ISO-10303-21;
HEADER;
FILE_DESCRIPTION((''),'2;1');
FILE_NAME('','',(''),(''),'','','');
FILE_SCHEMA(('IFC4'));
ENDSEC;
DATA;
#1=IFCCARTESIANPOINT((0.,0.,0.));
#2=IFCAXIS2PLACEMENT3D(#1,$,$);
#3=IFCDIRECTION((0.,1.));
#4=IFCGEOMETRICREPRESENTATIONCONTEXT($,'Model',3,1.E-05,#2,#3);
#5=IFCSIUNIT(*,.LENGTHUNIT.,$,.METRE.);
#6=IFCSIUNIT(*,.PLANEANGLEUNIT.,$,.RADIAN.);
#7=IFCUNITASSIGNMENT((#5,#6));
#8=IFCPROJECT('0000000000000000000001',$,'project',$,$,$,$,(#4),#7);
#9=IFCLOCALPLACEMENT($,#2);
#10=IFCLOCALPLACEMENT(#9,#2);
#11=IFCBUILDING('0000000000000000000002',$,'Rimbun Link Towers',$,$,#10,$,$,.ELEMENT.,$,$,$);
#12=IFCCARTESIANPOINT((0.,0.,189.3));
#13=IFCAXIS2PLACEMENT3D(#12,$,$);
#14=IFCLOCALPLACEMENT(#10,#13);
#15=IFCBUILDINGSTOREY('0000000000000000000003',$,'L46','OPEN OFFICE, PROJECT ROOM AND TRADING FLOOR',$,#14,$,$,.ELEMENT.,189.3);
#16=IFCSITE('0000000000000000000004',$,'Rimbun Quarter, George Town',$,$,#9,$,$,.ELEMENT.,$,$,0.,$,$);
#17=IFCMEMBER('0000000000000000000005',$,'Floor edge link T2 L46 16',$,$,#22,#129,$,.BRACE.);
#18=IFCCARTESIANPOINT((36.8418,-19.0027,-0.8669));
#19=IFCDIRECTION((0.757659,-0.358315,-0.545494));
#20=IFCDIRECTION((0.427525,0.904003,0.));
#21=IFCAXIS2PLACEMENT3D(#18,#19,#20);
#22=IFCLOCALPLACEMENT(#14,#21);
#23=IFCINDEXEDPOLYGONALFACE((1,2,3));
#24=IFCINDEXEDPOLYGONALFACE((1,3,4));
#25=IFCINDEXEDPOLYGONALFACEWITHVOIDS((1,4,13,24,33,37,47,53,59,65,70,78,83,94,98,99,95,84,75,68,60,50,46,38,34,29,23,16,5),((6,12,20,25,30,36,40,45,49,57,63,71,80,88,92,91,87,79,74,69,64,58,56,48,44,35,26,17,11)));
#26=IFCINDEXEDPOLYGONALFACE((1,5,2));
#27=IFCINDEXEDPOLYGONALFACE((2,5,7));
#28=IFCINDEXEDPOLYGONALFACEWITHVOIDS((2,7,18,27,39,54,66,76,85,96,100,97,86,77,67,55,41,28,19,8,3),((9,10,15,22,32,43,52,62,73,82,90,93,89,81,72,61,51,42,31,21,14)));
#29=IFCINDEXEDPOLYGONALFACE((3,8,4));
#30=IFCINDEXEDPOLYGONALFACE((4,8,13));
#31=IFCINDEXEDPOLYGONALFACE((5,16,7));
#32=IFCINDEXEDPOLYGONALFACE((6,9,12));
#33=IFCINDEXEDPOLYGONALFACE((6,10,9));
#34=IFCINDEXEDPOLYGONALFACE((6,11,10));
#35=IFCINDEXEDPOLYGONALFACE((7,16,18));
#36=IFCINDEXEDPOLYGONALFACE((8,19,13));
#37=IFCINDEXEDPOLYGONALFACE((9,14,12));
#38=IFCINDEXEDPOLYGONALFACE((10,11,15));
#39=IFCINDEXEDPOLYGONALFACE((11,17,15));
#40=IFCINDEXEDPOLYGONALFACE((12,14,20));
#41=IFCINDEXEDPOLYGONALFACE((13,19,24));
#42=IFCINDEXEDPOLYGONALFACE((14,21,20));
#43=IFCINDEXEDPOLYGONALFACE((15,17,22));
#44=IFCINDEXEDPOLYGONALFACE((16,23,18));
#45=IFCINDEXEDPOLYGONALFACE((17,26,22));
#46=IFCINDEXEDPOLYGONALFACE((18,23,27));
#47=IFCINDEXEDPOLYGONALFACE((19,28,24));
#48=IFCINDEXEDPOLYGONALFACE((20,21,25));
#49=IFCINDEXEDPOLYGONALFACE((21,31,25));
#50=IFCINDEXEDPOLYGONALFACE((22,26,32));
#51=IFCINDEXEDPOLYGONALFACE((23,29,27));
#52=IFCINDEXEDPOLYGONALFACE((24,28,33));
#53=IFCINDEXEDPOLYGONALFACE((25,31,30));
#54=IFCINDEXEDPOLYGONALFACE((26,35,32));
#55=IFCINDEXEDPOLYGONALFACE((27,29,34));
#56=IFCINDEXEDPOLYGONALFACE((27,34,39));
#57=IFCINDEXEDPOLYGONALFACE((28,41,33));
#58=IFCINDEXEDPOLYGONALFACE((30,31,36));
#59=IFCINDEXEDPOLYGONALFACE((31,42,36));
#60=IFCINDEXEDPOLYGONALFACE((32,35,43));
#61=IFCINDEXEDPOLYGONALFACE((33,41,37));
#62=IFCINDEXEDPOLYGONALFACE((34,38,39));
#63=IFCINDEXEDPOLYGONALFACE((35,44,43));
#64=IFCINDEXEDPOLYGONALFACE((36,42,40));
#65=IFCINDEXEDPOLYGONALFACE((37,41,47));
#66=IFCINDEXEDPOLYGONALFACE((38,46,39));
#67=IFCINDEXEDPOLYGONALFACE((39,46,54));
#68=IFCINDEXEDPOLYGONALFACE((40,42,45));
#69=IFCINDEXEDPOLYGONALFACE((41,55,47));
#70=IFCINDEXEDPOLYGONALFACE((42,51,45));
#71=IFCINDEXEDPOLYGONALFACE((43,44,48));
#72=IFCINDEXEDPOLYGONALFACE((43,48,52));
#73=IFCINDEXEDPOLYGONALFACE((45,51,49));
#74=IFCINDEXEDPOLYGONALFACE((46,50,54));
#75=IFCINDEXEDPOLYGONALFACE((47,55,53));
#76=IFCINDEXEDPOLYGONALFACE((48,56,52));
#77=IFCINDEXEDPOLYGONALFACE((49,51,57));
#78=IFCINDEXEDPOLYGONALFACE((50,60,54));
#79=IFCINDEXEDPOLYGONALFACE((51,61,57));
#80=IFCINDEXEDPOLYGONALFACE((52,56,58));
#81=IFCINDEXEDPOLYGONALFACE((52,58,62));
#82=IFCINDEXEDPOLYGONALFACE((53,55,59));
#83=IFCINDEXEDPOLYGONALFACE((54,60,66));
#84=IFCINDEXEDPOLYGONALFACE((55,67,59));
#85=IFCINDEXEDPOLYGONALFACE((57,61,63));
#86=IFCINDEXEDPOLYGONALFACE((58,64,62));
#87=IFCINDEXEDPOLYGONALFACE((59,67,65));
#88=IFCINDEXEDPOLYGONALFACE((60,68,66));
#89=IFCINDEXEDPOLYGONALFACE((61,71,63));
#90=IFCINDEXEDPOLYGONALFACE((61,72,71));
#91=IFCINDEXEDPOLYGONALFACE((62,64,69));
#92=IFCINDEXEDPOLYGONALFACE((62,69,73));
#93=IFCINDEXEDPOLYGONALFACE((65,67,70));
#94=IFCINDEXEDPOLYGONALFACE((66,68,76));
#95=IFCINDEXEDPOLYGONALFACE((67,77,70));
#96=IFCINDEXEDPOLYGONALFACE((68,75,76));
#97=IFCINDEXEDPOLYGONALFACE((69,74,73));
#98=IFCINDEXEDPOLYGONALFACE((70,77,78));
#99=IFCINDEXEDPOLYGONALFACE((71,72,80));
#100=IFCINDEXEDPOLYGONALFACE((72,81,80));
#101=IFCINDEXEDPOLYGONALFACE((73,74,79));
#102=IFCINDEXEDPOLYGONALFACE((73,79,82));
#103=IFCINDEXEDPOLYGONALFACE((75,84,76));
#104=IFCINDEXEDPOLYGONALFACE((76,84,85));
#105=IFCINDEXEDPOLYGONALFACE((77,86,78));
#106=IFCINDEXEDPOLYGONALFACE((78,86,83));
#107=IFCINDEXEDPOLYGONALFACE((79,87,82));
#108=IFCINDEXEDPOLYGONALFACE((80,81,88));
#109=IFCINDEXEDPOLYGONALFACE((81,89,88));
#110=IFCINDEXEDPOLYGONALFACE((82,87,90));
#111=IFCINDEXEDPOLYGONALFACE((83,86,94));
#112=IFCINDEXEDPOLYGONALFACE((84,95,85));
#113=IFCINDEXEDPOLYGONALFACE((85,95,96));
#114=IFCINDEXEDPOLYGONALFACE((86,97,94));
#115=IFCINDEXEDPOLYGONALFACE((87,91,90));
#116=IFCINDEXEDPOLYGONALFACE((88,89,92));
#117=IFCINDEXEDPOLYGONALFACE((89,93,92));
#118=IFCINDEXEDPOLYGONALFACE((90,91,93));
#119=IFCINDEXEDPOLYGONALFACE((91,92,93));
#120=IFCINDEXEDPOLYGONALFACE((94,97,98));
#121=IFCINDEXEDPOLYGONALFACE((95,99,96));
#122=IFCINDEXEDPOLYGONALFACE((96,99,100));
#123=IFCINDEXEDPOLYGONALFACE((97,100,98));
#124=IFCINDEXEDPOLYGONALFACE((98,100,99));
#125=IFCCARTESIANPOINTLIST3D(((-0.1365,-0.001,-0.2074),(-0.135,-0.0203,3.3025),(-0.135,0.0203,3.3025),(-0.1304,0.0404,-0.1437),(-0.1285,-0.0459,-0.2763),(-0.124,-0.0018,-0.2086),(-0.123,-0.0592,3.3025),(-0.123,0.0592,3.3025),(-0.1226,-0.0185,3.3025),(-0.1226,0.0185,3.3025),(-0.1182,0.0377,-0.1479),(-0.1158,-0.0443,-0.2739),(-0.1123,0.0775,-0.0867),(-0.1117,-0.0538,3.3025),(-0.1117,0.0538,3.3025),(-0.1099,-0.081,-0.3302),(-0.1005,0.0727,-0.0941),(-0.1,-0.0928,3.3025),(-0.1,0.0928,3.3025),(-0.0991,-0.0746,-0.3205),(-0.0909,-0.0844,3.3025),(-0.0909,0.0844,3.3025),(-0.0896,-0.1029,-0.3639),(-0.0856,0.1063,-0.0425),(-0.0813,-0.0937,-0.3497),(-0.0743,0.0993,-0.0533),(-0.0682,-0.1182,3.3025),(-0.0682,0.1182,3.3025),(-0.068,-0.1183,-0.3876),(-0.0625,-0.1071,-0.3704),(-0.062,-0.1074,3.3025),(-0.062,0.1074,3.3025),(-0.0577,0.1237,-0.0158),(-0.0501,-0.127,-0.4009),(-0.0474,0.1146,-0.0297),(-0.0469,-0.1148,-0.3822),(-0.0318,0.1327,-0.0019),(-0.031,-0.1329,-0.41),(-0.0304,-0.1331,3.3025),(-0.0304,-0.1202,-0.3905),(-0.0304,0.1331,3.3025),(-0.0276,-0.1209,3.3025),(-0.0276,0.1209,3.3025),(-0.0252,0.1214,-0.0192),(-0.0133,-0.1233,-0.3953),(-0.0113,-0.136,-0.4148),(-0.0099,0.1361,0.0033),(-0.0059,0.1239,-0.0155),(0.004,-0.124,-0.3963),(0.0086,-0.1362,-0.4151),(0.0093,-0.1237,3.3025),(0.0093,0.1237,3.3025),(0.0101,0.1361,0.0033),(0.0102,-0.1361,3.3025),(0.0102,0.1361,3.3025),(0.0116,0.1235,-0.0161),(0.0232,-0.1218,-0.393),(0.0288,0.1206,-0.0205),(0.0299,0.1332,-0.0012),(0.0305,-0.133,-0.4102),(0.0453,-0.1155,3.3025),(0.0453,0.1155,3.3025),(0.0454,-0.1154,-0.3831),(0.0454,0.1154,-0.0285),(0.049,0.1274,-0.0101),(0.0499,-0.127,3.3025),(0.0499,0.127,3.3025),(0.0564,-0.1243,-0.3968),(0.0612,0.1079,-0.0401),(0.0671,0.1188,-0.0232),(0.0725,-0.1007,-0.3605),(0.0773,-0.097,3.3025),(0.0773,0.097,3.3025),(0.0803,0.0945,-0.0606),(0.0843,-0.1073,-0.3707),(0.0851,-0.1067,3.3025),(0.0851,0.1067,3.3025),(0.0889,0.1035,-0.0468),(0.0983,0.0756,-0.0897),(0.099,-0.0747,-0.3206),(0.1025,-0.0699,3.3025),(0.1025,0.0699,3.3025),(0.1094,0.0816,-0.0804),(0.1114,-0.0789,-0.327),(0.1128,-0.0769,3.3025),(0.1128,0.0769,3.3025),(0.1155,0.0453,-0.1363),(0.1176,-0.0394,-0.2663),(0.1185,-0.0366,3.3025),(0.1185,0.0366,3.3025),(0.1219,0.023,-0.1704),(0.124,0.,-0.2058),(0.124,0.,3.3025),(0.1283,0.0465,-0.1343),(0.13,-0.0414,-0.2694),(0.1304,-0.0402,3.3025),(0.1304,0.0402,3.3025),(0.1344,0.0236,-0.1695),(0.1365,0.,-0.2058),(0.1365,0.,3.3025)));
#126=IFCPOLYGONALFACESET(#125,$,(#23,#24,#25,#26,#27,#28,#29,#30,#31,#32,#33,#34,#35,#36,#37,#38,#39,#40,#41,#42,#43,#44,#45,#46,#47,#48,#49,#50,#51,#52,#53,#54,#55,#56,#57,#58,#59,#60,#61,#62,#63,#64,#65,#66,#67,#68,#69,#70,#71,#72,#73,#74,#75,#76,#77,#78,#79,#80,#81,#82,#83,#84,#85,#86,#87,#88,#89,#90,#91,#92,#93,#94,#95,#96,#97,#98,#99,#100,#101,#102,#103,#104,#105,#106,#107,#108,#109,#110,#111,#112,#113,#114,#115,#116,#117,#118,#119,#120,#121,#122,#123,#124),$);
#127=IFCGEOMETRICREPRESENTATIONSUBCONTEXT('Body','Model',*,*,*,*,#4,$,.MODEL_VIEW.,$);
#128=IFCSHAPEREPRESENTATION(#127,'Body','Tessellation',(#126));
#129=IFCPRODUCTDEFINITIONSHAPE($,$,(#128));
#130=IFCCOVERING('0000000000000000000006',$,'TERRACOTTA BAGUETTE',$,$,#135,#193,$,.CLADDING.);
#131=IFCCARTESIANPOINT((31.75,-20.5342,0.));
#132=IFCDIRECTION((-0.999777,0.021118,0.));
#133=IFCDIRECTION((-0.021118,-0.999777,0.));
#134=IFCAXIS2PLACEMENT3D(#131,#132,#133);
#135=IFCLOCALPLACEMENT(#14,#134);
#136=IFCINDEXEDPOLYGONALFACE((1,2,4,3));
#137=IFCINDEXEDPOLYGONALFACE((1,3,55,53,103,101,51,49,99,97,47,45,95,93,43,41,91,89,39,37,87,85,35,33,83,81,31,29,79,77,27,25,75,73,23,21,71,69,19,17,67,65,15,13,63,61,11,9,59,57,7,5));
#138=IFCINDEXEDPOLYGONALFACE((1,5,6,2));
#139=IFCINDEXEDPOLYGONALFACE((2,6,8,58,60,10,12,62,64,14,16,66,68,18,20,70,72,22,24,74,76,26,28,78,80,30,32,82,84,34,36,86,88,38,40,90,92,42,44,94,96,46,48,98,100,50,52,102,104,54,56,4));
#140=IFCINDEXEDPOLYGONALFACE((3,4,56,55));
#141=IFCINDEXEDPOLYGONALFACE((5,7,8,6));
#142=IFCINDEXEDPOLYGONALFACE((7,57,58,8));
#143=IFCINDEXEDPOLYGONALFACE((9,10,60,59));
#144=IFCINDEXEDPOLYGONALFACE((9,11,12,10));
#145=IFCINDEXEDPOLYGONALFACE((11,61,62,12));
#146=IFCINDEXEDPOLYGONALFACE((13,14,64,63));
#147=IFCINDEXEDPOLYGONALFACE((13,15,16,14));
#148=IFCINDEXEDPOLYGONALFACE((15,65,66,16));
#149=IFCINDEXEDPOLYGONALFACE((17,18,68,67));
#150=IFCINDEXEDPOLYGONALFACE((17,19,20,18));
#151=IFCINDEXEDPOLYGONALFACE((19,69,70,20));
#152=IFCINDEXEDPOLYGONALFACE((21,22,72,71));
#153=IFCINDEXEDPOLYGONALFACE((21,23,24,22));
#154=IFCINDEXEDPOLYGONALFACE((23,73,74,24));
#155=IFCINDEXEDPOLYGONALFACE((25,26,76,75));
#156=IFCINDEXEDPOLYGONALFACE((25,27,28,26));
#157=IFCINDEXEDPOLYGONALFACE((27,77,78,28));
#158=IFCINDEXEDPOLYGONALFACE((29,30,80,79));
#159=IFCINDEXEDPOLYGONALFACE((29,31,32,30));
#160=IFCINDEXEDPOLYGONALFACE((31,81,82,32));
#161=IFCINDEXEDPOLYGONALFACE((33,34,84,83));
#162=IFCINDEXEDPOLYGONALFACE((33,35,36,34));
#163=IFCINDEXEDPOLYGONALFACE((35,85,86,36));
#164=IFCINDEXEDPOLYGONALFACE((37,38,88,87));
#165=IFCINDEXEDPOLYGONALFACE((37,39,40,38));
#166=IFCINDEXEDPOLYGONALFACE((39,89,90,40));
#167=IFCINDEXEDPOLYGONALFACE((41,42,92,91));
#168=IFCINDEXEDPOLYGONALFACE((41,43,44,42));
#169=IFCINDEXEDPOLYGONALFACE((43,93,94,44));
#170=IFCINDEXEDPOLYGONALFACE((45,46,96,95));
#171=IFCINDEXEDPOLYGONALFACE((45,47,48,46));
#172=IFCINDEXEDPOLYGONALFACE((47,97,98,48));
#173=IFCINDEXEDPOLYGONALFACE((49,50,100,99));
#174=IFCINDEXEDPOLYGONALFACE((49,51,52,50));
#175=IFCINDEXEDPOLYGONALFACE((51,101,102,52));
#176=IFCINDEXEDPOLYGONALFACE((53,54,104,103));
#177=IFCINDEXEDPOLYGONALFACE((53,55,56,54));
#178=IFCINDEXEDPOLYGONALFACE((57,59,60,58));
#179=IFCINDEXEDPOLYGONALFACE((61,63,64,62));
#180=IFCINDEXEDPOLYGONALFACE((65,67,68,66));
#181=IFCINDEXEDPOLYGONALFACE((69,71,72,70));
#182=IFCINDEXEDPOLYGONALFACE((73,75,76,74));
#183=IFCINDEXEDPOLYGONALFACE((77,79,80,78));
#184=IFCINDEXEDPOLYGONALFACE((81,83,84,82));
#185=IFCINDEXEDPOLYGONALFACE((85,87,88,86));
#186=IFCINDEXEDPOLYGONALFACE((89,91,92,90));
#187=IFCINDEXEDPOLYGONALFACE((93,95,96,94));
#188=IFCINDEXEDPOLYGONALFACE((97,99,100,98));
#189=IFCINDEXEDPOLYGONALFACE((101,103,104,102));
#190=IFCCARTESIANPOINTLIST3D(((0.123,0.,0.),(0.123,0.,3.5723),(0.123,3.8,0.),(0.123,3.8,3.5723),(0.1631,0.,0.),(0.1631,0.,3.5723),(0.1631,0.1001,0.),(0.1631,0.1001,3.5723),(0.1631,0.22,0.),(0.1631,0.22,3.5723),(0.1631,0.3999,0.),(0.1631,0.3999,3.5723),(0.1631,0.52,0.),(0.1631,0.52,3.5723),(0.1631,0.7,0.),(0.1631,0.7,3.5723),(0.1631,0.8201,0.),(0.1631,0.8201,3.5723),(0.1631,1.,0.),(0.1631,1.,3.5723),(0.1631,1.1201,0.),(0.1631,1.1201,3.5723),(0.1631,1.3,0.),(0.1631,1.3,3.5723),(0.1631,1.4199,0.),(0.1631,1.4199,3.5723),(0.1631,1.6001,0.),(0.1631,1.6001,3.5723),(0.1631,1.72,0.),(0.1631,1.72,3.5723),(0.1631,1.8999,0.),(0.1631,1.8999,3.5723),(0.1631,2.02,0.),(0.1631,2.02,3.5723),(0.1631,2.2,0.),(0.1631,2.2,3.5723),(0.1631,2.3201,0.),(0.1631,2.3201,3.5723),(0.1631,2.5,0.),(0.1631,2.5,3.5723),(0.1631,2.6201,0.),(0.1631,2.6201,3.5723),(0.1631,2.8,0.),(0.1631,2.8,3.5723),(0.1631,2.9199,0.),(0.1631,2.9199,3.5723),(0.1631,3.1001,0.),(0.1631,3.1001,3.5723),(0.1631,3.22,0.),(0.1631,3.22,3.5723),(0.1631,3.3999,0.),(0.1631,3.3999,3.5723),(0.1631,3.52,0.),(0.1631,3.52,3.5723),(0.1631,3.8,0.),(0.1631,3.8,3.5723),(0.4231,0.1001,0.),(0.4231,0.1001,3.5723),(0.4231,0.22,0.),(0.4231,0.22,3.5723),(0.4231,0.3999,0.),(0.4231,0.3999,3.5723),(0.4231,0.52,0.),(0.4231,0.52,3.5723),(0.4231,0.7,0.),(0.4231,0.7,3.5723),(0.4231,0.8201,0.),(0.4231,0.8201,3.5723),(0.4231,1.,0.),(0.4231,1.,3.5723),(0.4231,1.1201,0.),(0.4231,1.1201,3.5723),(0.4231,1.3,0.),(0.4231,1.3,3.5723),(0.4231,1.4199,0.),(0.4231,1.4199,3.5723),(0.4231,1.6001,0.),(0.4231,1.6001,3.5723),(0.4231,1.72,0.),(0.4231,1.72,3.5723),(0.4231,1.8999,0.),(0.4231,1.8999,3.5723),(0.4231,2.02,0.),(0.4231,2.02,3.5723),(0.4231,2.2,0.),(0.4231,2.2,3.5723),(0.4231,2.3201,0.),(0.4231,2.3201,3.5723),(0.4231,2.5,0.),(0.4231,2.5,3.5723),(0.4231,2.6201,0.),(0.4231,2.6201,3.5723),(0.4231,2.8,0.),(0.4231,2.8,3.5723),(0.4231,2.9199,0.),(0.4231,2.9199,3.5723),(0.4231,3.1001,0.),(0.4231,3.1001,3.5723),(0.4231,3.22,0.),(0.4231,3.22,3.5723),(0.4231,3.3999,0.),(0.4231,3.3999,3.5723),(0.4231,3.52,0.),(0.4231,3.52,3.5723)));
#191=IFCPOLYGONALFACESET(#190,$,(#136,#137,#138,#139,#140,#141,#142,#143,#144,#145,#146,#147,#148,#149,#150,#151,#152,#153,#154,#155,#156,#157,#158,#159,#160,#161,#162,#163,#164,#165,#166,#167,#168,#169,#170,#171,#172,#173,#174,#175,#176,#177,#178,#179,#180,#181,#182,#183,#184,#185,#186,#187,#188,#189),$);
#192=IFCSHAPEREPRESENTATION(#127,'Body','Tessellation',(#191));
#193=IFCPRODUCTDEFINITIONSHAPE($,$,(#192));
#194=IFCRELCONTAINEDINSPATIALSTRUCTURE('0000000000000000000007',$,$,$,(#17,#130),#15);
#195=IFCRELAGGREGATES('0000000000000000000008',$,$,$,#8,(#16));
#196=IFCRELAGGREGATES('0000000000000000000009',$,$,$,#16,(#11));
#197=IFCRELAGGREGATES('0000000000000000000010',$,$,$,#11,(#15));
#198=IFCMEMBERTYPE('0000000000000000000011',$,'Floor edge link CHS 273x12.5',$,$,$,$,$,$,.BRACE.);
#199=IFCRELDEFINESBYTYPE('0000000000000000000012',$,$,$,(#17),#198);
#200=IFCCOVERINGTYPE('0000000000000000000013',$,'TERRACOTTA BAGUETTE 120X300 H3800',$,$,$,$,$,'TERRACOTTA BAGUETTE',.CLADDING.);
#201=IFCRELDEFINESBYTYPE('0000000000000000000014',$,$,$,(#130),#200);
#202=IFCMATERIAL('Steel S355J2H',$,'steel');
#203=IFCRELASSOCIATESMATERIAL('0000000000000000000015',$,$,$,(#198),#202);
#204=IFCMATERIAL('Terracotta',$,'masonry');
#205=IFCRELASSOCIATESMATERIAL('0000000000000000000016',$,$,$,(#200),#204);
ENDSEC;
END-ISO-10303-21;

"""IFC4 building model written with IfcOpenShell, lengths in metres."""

from ifc_helpers import new_model, si_unit, direction, frame, origin, origin_2d, place, context, subcontext, project, spatial, polyline, hollow_circle, outline, extrude, clip, halfspace, material, material_profile, profile_set, type_object, element, save


model = new_model("IFC4")

# Units and contexts
model_context = context("Model", 3, precision=1e-05, world=origin(), true_north=direction((0.0, 1.0)))
body_context = subcontext(model_context, "Body", "Model", "MODEL_VIEW")
ifc_project = project(units=[si_unit("LENGTHUNIT", "METRE"), si_unit("PLANEANGLEUNIT", "RADIAN")], contexts=[model_context])

# Site, building, storey
site_placement = place(None, origin())
site = spatial("IfcSite", under=ifc_project, at=site_placement, Name="Rimbun Quarter, George Town", CompositionType="ELEMENT", RefElevation=0.0)
building_placement = place(site_placement, origin())
building = spatial("IfcBuilding", under=site, at=building_placement, Name="Rimbun Link Towers", CompositionType="ELEMENT")
storey_placement = place(building_placement, frame((0.0, 0.0, 189.3)))
storey = spatial("IfcBuildingStorey", under=building, at=storey_placement, Name="L46", Description="OPEN OFFICE, PROJECT ROOM AND TRADING FLOOR", CompositionType="ELEMENT", Elevation=189.3)

# Member
ifc_material_1 = material(Name="Steel S355J2H", Category="steel")
ifc_material_profile_1 = material_profile(ifc_material_1, hollow_circle(Radius=0.1365, WallThickness=0.0125, at=origin_2d()), Name="CHS 273x12.5")
ifc_profile_set_1 = profile_set([ifc_material_profile_1], Name="Steel S355J2H")
member_type_1 = type_object("IfcMemberType", Name="Floor edge link CHS 273x12.5", PredefinedType="BRACE", material=ifc_profile_set_1)
member_1_placement = place(storey_placement, frame((36.8418, -19.0027, -0.8669), z_axis=(0.757659, -0.358315, -0.545494), x_axis=(0.427525, 0.904003, 0.0)))
element("IfcMember", 1, at=member_1_placement, inside=storey, type_object=member_type_1, Name="Floor edge link T2 L46 16", PredefinedType="BRACE", context=body_context, shape_type="Clipping", body=[
    clip(extrude(hollow_circle(Radius=0.1365, WallThickness=0.0125, at=origin_2d()), frame((0.0, 0.0, -0.4377)), (0.0, 0.0, 1.0), 3.7402), halfspace(frame((0.0, 0.0, -0.2058), z_axis=(0.0, 0.838115, -0.545494)), False)),
])

# Covering
ifc_material_2 = material(Name="Terracotta", Category="masonry")
ifc_material_profile_2 = material_profile(ifc_material_2, outline(polyline([(0.123, 0.0), (0.1631, 0.0), (0.1631, 0.1001), (0.4231, 0.1001), (0.4231, 0.22), (0.1631, 0.22), (0.1631, 0.3999), (0.4231, 0.3999), (0.4231, 0.52), (0.1631, 0.52), (0.1631, 0.7), (0.4231, 0.7), (0.4231, 0.8201), (0.1631, 0.8201), (0.1631, 1.0), (0.4231, 1.0), (0.4231, 1.1201), (0.1631, 1.1201), (0.1631, 1.3), (0.4231, 1.3), (0.4231, 1.4199), (0.1631, 1.4199), (0.1631, 1.6001), (0.4231, 1.6001), (0.4231, 1.72), (0.1631, 1.72), (0.1631, 1.8999), (0.4231, 1.8999), (0.4231, 2.02), (0.1631, 2.02), (0.1631, 2.2), (0.4231, 2.2), (0.4231, 2.3201), (0.1631, 2.3201), (0.1631, 2.5), (0.4231, 2.5), (0.4231, 2.6201), (0.1631, 2.6201), (0.1631, 2.8), (0.4231, 2.8), (0.4231, 2.9199), (0.1631, 2.9199), (0.1631, 3.1001), (0.4231, 3.1001), (0.4231, 3.22), (0.1631, 3.22), (0.1631, 3.3999), (0.4231, 3.3999), (0.4231, 3.52), (0.1631, 3.52), (0.1631, 3.8), (0.123, 3.8), (0.123, 0.0)])), Name="BAGUETTE 120X300")
ifc_profile_set_2 = profile_set([ifc_material_profile_2], Name="Terracotta")
covering_type = type_object("IfcCoveringType", Name="TERRACOTTA BAGUETTE 120X300 H3800", ElementType="TERRACOTTA BAGUETTE", PredefinedType="CLADDING", material=ifc_profile_set_2)
covering_1_placement = place(storey_placement, frame((31.75, -20.5342, 0.0), z_axis=(-0.999777, 0.021118, 0.0), x_axis=(-0.021118, -0.999777, 0.0)))
element("IfcCovering", 2, at=covering_1_placement, inside=storey, type_object=covering_type, Name="TERRACOTTA BAGUETTE", PredefinedType="CLADDING", context=body_context, shape_type="SweptSolid", body=[
    extrude(outline(polyline([(0.123, 0.0), (0.1631, 0.0), (0.1631, 0.1001), (0.4231, 0.1001), (0.4231, 0.22), (0.1631, 0.22), (0.1631, 0.3999), (0.4231, 0.3999), (0.4231, 0.52), (0.1631, 0.52), (0.1631, 0.7), (0.4231, 0.7), (0.4231, 0.8201), (0.1631, 0.8201), (0.1631, 1.0), (0.4231, 1.0), (0.4231, 1.1201), (0.1631, 1.1201), (0.1631, 1.3), (0.4231, 1.3), (0.4231, 1.4199), (0.1631, 1.4199), (0.1631, 1.6001), (0.4231, 1.6001), (0.4231, 1.72), (0.1631, 1.72), (0.1631, 1.8999), (0.4231, 1.8999), (0.4231, 2.02), (0.1631, 2.02), (0.1631, 2.2), (0.4231, 2.2), (0.4231, 2.3201), (0.1631, 2.3201), (0.1631, 2.5), (0.4231, 2.5), (0.4231, 2.6201), (0.1631, 2.6201), (0.1631, 2.8), (0.4231, 2.8), (0.4231, 2.9199), (0.1631, 2.9199), (0.1631, 3.1001), (0.4231, 3.1001), (0.4231, 3.22), (0.1631, 3.22), (0.1631, 3.3999), (0.4231, 3.3999), (0.4231, 3.52), (0.1631, 3.52), (0.1631, 3.8), (0.123, 3.8), (0.123, 0.0)])), origin(), (0.0, 0.0, 1.0), 3.5723),
])

save(model, "model.ifc")
